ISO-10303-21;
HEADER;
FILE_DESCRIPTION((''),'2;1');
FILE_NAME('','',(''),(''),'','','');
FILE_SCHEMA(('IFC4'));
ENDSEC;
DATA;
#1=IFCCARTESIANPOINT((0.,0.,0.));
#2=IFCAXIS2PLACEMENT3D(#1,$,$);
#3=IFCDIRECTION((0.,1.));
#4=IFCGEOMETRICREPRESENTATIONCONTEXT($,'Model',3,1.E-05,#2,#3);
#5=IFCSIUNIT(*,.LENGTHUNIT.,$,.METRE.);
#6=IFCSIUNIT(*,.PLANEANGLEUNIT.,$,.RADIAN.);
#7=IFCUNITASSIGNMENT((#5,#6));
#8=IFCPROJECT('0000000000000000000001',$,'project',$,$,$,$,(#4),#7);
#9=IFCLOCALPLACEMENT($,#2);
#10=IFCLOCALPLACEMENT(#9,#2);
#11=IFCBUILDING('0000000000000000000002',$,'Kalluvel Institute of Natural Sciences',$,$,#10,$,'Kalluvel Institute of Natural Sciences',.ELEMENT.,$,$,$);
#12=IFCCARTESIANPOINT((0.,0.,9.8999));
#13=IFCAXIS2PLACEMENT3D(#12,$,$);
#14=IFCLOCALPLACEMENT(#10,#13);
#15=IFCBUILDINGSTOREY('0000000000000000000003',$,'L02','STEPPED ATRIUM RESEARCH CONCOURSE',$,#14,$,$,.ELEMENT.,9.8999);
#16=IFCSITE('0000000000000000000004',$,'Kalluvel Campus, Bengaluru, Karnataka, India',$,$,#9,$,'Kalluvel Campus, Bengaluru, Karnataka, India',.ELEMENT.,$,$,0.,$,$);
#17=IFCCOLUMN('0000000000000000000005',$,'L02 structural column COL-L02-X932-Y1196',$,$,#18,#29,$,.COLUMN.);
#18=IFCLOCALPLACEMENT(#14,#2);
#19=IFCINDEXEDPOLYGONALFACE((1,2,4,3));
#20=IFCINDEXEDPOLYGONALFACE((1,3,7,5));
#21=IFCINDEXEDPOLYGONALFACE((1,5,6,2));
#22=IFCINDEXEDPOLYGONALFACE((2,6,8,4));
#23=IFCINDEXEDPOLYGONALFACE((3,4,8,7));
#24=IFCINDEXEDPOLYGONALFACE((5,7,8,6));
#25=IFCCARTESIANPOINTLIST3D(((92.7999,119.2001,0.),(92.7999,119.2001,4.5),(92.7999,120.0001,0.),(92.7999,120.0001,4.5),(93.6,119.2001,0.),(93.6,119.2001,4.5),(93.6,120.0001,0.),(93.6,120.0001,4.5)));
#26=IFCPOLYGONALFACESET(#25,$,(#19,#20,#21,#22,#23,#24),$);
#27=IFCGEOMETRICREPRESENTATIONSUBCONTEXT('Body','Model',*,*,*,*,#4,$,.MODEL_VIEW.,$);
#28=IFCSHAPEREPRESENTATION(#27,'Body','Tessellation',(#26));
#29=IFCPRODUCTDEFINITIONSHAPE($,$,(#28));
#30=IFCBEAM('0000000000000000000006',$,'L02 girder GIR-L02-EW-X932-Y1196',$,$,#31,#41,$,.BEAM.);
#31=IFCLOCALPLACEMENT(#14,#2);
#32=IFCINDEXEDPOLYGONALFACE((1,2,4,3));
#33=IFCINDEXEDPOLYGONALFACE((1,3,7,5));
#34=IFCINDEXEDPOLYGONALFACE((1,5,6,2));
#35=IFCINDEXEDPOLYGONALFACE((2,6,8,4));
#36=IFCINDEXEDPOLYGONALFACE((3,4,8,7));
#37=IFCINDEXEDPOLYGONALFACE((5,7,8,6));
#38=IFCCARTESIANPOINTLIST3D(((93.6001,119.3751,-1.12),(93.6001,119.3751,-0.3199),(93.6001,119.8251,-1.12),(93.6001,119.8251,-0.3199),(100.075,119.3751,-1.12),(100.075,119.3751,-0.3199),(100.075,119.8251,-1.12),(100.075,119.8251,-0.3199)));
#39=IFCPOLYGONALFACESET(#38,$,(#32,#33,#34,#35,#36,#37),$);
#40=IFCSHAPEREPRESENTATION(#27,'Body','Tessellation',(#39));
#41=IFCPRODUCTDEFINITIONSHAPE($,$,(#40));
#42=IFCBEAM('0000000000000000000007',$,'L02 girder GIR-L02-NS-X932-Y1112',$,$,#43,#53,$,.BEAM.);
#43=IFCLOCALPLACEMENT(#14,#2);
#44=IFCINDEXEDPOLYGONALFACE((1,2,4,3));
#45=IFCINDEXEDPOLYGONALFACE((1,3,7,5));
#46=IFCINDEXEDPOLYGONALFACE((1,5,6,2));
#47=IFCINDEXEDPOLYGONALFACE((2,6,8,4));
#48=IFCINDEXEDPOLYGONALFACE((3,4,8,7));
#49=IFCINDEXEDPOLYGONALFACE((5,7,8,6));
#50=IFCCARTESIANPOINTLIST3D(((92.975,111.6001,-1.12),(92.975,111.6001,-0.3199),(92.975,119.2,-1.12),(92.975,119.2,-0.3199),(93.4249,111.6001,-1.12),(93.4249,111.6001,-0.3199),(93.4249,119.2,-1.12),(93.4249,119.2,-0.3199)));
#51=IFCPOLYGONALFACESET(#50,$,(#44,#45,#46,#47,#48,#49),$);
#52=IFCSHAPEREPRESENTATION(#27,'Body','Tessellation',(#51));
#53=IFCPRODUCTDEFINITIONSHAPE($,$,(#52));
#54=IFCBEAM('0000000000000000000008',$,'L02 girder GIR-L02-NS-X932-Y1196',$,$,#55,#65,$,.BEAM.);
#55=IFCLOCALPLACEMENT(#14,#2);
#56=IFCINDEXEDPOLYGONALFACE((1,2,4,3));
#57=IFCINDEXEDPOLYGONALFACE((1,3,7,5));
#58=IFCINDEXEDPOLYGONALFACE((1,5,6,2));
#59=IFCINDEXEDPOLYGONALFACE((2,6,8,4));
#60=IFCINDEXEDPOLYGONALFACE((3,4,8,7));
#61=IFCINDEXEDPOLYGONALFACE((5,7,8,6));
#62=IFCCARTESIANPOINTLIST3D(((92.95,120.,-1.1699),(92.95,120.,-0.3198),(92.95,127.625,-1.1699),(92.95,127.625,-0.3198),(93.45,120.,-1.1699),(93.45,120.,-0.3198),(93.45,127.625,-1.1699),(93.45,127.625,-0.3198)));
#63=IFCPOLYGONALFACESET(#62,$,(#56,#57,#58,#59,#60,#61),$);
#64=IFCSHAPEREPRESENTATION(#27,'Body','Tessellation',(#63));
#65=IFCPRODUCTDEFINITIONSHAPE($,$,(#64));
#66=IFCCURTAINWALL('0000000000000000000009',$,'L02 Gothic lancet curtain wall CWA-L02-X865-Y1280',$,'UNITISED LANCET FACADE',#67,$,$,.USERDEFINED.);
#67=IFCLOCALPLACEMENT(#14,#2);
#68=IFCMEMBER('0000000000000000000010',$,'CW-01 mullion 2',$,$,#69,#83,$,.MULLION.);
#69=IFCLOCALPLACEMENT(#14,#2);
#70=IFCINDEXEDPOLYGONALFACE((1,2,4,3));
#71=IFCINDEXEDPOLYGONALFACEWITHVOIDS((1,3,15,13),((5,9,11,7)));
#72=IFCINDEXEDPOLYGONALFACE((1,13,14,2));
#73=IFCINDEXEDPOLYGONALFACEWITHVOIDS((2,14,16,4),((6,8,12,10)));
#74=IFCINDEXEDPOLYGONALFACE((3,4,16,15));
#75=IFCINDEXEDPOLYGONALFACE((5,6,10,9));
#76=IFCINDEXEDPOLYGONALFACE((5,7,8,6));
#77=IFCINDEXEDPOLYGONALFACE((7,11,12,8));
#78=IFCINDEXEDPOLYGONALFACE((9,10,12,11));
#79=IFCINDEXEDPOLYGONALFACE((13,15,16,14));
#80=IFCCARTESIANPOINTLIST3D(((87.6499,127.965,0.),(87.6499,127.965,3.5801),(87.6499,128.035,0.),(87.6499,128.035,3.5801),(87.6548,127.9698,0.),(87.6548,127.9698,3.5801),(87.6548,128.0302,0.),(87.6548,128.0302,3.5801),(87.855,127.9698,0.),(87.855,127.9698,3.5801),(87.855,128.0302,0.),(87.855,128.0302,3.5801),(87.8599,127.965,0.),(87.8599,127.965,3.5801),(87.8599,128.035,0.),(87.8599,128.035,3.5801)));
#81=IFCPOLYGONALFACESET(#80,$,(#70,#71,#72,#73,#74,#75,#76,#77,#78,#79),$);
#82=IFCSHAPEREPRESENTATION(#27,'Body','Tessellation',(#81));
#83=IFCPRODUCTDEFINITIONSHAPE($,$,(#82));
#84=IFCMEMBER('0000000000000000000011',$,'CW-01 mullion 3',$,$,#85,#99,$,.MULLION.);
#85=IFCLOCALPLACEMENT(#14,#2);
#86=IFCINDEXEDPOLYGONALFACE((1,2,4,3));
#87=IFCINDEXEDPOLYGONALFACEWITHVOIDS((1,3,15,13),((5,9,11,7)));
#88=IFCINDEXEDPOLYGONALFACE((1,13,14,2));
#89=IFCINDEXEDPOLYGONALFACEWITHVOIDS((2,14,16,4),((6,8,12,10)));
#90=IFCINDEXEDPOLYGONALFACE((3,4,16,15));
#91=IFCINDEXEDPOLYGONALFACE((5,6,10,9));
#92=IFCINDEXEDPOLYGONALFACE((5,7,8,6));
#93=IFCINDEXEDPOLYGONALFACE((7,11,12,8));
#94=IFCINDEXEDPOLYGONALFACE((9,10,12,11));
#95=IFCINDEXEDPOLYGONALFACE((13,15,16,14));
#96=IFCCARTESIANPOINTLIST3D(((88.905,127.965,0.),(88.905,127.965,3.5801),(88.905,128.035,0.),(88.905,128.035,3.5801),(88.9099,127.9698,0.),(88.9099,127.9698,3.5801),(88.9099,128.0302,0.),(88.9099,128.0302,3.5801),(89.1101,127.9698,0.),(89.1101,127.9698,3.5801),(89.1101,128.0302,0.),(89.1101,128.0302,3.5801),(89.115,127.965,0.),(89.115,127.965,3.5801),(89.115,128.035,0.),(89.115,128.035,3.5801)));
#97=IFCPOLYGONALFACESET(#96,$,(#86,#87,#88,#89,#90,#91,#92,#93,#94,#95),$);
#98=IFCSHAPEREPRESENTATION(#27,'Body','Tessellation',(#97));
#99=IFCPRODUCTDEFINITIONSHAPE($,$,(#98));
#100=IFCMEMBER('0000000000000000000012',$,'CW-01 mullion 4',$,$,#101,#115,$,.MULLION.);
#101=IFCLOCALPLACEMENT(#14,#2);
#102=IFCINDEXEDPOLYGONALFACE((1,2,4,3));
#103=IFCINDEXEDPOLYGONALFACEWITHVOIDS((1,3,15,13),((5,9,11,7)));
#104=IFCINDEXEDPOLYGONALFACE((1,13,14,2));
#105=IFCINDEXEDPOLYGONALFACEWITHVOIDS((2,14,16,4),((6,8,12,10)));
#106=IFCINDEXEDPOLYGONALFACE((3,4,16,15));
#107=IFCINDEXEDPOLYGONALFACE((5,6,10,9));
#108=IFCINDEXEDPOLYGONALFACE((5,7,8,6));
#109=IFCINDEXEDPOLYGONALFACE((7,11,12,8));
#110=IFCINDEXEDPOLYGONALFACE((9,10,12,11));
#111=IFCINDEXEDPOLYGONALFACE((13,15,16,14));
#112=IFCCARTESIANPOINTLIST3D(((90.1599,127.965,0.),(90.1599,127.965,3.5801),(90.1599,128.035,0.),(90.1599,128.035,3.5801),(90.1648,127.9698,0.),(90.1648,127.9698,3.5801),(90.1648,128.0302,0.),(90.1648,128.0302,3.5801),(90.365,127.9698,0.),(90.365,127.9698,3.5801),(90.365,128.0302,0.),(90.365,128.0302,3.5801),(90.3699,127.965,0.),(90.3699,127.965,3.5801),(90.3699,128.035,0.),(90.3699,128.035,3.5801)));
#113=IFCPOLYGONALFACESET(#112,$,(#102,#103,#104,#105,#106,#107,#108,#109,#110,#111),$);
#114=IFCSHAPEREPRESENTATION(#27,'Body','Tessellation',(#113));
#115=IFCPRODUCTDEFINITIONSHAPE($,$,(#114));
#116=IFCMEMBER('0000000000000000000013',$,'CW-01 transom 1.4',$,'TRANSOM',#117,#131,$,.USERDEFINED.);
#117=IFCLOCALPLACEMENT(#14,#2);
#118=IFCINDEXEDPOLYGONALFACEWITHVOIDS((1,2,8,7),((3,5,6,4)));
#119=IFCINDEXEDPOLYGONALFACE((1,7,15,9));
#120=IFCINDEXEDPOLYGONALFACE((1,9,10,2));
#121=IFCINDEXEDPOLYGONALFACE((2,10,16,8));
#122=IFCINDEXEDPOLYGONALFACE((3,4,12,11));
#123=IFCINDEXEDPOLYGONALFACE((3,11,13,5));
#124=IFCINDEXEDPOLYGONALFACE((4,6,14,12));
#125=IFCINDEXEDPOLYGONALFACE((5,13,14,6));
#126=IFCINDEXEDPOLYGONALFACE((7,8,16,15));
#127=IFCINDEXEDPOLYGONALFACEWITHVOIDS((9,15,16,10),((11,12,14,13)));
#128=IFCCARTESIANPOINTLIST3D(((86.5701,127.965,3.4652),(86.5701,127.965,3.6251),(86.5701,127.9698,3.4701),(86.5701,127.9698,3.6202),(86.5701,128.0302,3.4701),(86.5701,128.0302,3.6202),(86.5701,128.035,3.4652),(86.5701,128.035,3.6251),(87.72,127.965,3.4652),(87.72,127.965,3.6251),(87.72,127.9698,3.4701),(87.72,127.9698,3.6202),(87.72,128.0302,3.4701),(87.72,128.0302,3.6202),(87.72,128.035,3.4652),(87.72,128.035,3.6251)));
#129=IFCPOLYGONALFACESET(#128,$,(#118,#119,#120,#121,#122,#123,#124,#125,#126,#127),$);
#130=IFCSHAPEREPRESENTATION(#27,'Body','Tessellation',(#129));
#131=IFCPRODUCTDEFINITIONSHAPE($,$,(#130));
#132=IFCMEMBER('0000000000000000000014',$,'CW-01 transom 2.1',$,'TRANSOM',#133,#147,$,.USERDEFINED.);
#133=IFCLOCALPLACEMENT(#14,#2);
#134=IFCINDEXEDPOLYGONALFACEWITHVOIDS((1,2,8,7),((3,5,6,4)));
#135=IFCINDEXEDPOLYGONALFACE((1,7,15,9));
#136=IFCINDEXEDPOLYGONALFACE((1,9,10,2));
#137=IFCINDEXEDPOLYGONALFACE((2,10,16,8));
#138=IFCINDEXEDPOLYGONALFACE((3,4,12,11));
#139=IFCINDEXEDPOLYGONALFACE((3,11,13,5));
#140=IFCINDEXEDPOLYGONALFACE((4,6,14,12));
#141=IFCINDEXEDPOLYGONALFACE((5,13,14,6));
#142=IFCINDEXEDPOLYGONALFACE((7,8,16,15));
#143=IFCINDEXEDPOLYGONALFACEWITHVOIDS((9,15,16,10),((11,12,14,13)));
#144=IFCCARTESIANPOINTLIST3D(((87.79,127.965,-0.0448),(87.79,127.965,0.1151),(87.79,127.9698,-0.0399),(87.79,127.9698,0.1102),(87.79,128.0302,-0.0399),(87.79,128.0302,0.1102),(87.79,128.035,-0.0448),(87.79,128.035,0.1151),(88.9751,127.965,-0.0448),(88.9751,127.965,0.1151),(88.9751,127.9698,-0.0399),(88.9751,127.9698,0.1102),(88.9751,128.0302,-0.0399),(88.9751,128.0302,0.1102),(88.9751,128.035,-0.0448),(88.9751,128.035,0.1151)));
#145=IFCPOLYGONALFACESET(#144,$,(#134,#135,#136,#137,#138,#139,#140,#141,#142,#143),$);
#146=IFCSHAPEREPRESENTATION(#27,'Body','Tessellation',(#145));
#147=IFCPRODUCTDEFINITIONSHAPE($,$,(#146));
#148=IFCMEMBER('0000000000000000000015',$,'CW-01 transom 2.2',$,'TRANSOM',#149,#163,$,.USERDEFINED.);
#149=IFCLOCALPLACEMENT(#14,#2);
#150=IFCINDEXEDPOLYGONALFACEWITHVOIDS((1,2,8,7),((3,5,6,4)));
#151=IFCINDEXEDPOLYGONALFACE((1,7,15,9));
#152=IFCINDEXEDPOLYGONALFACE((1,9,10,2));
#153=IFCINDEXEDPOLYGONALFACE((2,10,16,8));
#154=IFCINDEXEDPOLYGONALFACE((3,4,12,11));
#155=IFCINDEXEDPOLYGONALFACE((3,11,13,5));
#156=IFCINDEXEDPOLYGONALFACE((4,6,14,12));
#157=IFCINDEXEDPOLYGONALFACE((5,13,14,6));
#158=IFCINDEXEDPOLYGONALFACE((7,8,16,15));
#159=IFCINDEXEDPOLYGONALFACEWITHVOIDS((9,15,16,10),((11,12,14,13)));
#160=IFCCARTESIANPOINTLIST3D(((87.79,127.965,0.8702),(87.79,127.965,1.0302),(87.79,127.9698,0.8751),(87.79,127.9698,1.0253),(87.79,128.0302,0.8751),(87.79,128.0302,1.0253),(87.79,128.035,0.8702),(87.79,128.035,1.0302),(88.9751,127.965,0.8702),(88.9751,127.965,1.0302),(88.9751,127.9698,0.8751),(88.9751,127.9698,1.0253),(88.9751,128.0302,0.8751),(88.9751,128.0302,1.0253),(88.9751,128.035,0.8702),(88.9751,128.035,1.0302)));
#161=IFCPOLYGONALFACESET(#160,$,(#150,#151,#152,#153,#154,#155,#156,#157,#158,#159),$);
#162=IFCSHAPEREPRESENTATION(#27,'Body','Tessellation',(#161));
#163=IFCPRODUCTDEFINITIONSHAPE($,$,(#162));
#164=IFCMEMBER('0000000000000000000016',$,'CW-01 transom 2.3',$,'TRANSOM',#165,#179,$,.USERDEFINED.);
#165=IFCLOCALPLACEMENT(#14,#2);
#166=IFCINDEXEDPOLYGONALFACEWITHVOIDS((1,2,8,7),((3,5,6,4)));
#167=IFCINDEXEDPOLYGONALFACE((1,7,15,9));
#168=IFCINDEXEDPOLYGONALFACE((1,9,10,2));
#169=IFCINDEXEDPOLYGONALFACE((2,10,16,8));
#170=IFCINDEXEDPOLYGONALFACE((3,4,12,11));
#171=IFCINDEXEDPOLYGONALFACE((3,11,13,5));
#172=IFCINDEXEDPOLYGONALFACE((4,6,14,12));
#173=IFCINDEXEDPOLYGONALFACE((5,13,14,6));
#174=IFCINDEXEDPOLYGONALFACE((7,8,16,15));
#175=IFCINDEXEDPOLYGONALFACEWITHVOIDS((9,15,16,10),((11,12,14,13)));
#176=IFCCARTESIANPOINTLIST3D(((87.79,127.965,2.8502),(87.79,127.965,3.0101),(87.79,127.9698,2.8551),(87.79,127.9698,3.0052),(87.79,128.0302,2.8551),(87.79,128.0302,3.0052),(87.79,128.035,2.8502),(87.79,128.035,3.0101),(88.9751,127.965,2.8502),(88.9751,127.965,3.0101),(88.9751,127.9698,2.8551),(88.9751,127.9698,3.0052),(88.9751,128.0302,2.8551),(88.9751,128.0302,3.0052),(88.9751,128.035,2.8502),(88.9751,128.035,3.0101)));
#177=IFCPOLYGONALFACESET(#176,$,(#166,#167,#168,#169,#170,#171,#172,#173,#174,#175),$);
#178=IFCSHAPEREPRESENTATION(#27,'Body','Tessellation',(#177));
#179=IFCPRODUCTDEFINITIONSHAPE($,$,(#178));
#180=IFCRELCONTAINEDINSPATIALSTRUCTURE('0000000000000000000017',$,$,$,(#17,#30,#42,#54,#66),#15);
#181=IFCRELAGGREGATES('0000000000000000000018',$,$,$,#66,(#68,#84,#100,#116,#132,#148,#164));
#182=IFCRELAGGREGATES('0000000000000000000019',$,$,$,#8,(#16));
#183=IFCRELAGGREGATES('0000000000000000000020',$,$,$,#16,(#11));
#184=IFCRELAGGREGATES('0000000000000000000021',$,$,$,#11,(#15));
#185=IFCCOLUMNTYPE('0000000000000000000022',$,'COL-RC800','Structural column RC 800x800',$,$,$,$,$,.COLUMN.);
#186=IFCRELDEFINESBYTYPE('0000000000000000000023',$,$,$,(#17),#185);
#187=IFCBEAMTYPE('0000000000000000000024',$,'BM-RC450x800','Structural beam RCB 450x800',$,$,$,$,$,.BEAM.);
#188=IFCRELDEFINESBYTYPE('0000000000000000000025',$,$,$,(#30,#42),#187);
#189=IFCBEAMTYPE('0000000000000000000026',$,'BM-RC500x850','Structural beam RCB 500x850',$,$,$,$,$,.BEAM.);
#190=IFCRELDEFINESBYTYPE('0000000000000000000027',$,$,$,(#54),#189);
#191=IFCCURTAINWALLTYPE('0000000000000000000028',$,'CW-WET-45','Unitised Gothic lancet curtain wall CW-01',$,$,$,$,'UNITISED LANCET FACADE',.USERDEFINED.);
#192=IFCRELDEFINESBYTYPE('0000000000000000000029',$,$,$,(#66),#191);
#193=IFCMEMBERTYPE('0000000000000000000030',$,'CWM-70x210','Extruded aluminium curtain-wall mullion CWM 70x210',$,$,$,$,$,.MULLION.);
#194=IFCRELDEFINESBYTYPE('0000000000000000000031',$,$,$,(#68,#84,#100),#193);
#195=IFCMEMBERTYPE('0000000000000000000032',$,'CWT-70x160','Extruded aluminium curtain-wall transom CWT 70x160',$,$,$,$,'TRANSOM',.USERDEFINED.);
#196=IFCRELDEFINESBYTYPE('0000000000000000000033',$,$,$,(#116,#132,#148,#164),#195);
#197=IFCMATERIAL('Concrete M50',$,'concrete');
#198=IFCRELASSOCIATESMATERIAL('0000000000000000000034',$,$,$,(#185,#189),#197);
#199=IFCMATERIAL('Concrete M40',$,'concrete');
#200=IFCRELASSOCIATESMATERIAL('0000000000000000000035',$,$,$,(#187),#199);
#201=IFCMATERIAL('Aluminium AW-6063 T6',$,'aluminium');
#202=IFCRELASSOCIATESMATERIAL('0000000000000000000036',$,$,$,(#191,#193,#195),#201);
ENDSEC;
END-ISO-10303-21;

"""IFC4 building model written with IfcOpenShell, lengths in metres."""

from ifc_helpers import new_model, si_unit, direction, frame, origin, origin_2d, place, context, subcontext, project, spatial, rectangle, hollow_rectangle, extrude, material, material_profile, profile_set, type_object, element, aggregate, save


model = new_model("IFC4")

# Units and contexts
model_context = context("Model", 3, precision=1e-05, world=origin(), true_north=direction((0.0, 1.0)))
body_context = subcontext(model_context, "Body", "Model", "MODEL_VIEW")
ifc_project = project(units=[si_unit("LENGTHUNIT", "METRE"), si_unit("PLANEANGLEUNIT", "RADIAN")], contexts=[model_context])

# Site, building, storey
site_placement = place(None, origin())
site = spatial("IfcSite", under=ifc_project, at=site_placement, Name="Kalluvel Campus, Bengaluru, Karnataka, India", LongName="Kalluvel Campus, Bengaluru, Karnataka, India", CompositionType="ELEMENT", RefElevation=0.0)
building_placement = place(site_placement, origin())
building = spatial("IfcBuilding", under=site, at=building_placement, Name="Kalluvel Institute of Natural Sciences", LongName="Kalluvel Institute of Natural Sciences", CompositionType="ELEMENT")
storey_placement = place(building_placement, frame((0.0, 0.0, 9.8999)))
storey = spatial("IfcBuildingStorey", under=building, at=storey_placement, Name="L02", Description="STEPPED ATRIUM RESEARCH CONCOURSE", CompositionType="ELEMENT", Elevation=9.8999)

# Column
ifc_material_1 = material(Name="Concrete M50", Category="concrete")
ifc_material_profile_1 = material_profile(ifc_material_1, rectangle(XDim=0.8, YDim=0.8, at=origin_2d()), Name="RC 800x800")
ifc_profile_set_1 = profile_set([ifc_material_profile_1], Name="Concrete M50")
column_type = type_object("IfcColumnType", Name="COL-RC800", Description="Structural column RC 800x800", PredefinedType="COLUMN", material=ifc_profile_set_1)
column_placement = place(storey_placement, frame((93.2, 119.6001, 0.0), z_axis=(0.0, 0.0, 1.0), x_axis=(1.0, 0.0, 0.0)))
element("IfcColumn", 1, at=column_placement, inside=storey, type_object=column_type, Name="L02 structural column COL-L02-X932-Y1196", PredefinedType="COLUMN", context=body_context, shape_type="SweptSolid", body=[
    extrude(rectangle(XDim=0.8, YDim=0.8, at=origin_2d()), origin(), (0.0, 0.0, 1.0), 4.5),
])

# Beams
ifc_material_2 = material(Name="Concrete M40", Category="concrete")
ifc_material_profile_2 = material_profile(ifc_material_2, rectangle(XDim=0.45, YDim=0.8, at=origin_2d()), Name="RCB 450x800")
ifc_profile_set_2 = profile_set([ifc_material_profile_2], Name="Concrete M40")
beam_type_1 = type_object("IfcBeamType", Name="BM-RC450x800", Description="Structural beam RCB 450x800", PredefinedType="BEAM", material=ifc_profile_set_2)
beam_1_placement = place(storey_placement, frame((93.6001, 119.6001, -0.72), z_axis=(1.0, 0.0, 0.0), x_axis=(0.0, 1.0, 0.0)))
element("IfcBeam", 2, at=beam_1_placement, inside=storey, type_object=beam_type_1, Name="L02 girder GIR-L02-EW-X932-Y1196", PredefinedType="BEAM", context=body_context, shape_type="SweptSolid", body=[
    extrude(rectangle(XDim=0.45, YDim=0.8, at=origin_2d()), origin(), (0.0, 0.0, 1.0), 6.4749),
])
beam_2_placement = place(storey_placement, frame((93.2, 111.6001, -0.72), z_axis=(0.0, 1.0, 0.0), x_axis=(-1.0, 0.0, 0.0)))
element("IfcBeam", 3, at=beam_2_placement, inside=storey, type_object=beam_type_1, Name="L02 girder GIR-L02-NS-X932-Y1112", PredefinedType="BEAM", context=body_context, shape_type="SweptSolid", body=[
    extrude(rectangle(XDim=0.45, YDim=0.8, at=origin_2d()), origin(), (0.0, 0.0, 1.0), 7.5999),
])
ifc_material_profile_3 = material_profile(ifc_material_1, rectangle(XDim=0.5, YDim=0.8501, at=origin_2d()), Name="RCB 500x850")
ifc_profile_set_3 = profile_set([ifc_material_profile_3], Name="Concrete M50")
beam_type_2 = type_object("IfcBeamType", Name="BM-RC500x850", Description="Structural beam RCB 500x850", PredefinedType="BEAM", material=ifc_profile_set_3)
beam_3_placement = place(storey_placement, frame((93.2, 120.0, -0.7449), z_axis=(0.0, 1.0, 0.0), x_axis=(-1.0, 0.0, 0.0)))
element("IfcBeam", 4, at=beam_3_placement, inside=storey, type_object=beam_type_2, Name="L02 girder GIR-L02-NS-X932-Y1196", PredefinedType="BEAM", context=body_context, shape_type="SweptSolid", body=[
    extrude(rectangle(XDim=0.5, YDim=0.8501, at=origin_2d()), origin(), (0.0, 0.0, 1.0), 7.625),
])

# Curtain wall, members
ifc_material_3 = material(Name="Aluminium AW-6063 T6", Category="aluminium")
curtain_wall_type = type_object("IfcCurtainWallType", Name="CW-WET-45", Description="Unitised Gothic lancet curtain wall CW-01", ElementType="UNITISED LANCET FACADE", PredefinedType="USERDEFINED", material=ifc_material_3)
curtain_wall_placement = place(storey_placement, origin())
curtain_wall = element("IfcCurtainWall", 5, at=curtain_wall_placement, inside=storey, type_object=curtain_wall_type, Name="L02 Gothic lancet curtain wall CWA-L02-X865-Y1280", ObjectType="UNITISED LANCET FACADE", PredefinedType="USERDEFINED")
ifc_material_profile_4 = material_profile(ifc_material_3, hollow_rectangle(XDim=0.0701, YDim=0.21, WallThickness=0.0049, at=origin_2d()), Name="CWM 70x210")
ifc_profile_set_4 = profile_set([ifc_material_profile_4], Name="Aluminium AW-6063 T6")
member_type_1 = type_object("IfcMemberType", Name="CWM-70x210", Description="Extruded aluminium curtain-wall mullion CWM 70x210", PredefinedType="MULLION", material=ifc_profile_set_4)
member_1_placement = place(storey_placement, frame((87.7549, 128.0, 0.0), z_axis=(0.0, 0.0, 1.0), x_axis=(0.0, 1.0, 0.0)))
member_1 = element("IfcMember", 6, at=member_1_placement, type_object=member_type_1, Name="CW-01 mullion 2", PredefinedType="MULLION", context=body_context, shape_type="SweptSolid", body=[
    extrude(hollow_rectangle(XDim=0.0701, YDim=0.21, WallThickness=0.0049, at=origin_2d()), origin(), (0.0, 0.0, 1.0), 3.5801),
])
member_2_placement = place(storey_placement, frame((89.01, 128.0, 0.0), z_axis=(0.0, 0.0, 1.0), x_axis=(0.0, 1.0, 0.0)))
member_2 = element("IfcMember", 7, at=member_2_placement, type_object=member_type_1, Name="CW-01 mullion 3", PredefinedType="MULLION", context=body_context, shape_type="SweptSolid", body=[
    extrude(hollow_rectangle(XDim=0.0701, YDim=0.21, WallThickness=0.0049, at=origin_2d()), origin(), (0.0, 0.0, 1.0), 3.5801),
])
member_3_placement = place(storey_placement, frame((90.2649, 128.0, 0.0), z_axis=(0.0, 0.0, 1.0), x_axis=(0.0, 1.0, 0.0)))
member_3 = element("IfcMember", 8, at=member_3_placement, type_object=member_type_1, Name="CW-01 mullion 4", PredefinedType="MULLION", context=body_context, shape_type="SweptSolid", body=[
    extrude(hollow_rectangle(XDim=0.0701, YDim=0.21, WallThickness=0.0049, at=origin_2d()), origin(), (0.0, 0.0, 1.0), 3.5801),
])
ifc_material_profile_5 = material_profile(ifc_material_3, hollow_rectangle(XDim=0.0701, YDim=0.1599, WallThickness=0.0049, at=origin_2d()), Name="CWT 70x160")
ifc_profile_set_5 = profile_set([ifc_material_profile_5], Name="Aluminium AW-6063 T6")
member_type_2 = type_object("IfcMemberType", Name="CWT-70x160", Description="Extruded aluminium curtain-wall transom CWT 70x160", ElementType="TRANSOM", PredefinedType="USERDEFINED", material=ifc_profile_set_5)
member_4_placement = place(storey_placement, frame((86.5701, 128.0, 3.5452), z_axis=(1.0, 0.0, 0.0), x_axis=(0.0, 1.0, 0.0)))
member_4 = element("IfcMember", 9, at=member_4_placement, type_object=member_type_2, Name="CW-01 transom 1.4", ObjectType="TRANSOM", PredefinedType="USERDEFINED", context=body_context, shape_type="SweptSolid", body=[
    extrude(hollow_rectangle(XDim=0.0701, YDim=0.1599, WallThickness=0.0049, at=origin_2d()), origin(), (0.0, 0.0, 1.0), 1.1499),
])
member_5_placement = place(storey_placement, frame((87.79, 128.0, 0.0352), z_axis=(1.0, 0.0, 0.0), x_axis=(0.0, 1.0, 0.0)))
member_5 = element("IfcMember", 10, at=member_5_placement, type_object=member_type_2, Name="CW-01 transom 2.1", ObjectType="TRANSOM", PredefinedType="USERDEFINED", context=body_context, shape_type="SweptSolid", body=[
    extrude(hollow_rectangle(XDim=0.0701, YDim=0.1599, WallThickness=0.0049, at=origin_2d()), origin(), (0.0, 0.0, 1.0), 1.1851),
])
member_6_placement = place(storey_placement, frame((87.79, 128.0, 0.9502), z_axis=(1.0, 0.0, 0.0), x_axis=(0.0, 1.0, 0.0)))
member_6 = element("IfcMember", 11, at=member_6_placement, type_object=member_type_2, Name="CW-01 transom 2.2", ObjectType="TRANSOM", PredefinedType="USERDEFINED", context=body_context, shape_type="SweptSolid", body=[
    extrude(hollow_rectangle(XDim=0.0701, YDim=0.1599, WallThickness=0.0049, at=origin_2d()), origin(), (0.0, 0.0, 1.0), 1.1851),
])
member_7_placement = place(storey_placement, frame((87.79, 128.0, 2.9302), z_axis=(1.0, 0.0, 0.0), x_axis=(0.0, 1.0, 0.0)))
member_7 = element("IfcMember", 12, at=member_7_placement, type_object=member_type_2, Name="CW-01 transom 2.3", ObjectType="TRANSOM", PredefinedType="USERDEFINED", context=body_context, shape_type="SweptSolid", body=[
    extrude(hollow_rectangle(XDim=0.0701, YDim=0.1599, WallThickness=0.0049, at=origin_2d()), origin(), (0.0, 0.0, 1.0), 1.1851),
])

aggregate(curtain_wall, [member_1, member_2, member_3, member_4, member_5, member_6, member_7])

save(model, "model.ifc")
